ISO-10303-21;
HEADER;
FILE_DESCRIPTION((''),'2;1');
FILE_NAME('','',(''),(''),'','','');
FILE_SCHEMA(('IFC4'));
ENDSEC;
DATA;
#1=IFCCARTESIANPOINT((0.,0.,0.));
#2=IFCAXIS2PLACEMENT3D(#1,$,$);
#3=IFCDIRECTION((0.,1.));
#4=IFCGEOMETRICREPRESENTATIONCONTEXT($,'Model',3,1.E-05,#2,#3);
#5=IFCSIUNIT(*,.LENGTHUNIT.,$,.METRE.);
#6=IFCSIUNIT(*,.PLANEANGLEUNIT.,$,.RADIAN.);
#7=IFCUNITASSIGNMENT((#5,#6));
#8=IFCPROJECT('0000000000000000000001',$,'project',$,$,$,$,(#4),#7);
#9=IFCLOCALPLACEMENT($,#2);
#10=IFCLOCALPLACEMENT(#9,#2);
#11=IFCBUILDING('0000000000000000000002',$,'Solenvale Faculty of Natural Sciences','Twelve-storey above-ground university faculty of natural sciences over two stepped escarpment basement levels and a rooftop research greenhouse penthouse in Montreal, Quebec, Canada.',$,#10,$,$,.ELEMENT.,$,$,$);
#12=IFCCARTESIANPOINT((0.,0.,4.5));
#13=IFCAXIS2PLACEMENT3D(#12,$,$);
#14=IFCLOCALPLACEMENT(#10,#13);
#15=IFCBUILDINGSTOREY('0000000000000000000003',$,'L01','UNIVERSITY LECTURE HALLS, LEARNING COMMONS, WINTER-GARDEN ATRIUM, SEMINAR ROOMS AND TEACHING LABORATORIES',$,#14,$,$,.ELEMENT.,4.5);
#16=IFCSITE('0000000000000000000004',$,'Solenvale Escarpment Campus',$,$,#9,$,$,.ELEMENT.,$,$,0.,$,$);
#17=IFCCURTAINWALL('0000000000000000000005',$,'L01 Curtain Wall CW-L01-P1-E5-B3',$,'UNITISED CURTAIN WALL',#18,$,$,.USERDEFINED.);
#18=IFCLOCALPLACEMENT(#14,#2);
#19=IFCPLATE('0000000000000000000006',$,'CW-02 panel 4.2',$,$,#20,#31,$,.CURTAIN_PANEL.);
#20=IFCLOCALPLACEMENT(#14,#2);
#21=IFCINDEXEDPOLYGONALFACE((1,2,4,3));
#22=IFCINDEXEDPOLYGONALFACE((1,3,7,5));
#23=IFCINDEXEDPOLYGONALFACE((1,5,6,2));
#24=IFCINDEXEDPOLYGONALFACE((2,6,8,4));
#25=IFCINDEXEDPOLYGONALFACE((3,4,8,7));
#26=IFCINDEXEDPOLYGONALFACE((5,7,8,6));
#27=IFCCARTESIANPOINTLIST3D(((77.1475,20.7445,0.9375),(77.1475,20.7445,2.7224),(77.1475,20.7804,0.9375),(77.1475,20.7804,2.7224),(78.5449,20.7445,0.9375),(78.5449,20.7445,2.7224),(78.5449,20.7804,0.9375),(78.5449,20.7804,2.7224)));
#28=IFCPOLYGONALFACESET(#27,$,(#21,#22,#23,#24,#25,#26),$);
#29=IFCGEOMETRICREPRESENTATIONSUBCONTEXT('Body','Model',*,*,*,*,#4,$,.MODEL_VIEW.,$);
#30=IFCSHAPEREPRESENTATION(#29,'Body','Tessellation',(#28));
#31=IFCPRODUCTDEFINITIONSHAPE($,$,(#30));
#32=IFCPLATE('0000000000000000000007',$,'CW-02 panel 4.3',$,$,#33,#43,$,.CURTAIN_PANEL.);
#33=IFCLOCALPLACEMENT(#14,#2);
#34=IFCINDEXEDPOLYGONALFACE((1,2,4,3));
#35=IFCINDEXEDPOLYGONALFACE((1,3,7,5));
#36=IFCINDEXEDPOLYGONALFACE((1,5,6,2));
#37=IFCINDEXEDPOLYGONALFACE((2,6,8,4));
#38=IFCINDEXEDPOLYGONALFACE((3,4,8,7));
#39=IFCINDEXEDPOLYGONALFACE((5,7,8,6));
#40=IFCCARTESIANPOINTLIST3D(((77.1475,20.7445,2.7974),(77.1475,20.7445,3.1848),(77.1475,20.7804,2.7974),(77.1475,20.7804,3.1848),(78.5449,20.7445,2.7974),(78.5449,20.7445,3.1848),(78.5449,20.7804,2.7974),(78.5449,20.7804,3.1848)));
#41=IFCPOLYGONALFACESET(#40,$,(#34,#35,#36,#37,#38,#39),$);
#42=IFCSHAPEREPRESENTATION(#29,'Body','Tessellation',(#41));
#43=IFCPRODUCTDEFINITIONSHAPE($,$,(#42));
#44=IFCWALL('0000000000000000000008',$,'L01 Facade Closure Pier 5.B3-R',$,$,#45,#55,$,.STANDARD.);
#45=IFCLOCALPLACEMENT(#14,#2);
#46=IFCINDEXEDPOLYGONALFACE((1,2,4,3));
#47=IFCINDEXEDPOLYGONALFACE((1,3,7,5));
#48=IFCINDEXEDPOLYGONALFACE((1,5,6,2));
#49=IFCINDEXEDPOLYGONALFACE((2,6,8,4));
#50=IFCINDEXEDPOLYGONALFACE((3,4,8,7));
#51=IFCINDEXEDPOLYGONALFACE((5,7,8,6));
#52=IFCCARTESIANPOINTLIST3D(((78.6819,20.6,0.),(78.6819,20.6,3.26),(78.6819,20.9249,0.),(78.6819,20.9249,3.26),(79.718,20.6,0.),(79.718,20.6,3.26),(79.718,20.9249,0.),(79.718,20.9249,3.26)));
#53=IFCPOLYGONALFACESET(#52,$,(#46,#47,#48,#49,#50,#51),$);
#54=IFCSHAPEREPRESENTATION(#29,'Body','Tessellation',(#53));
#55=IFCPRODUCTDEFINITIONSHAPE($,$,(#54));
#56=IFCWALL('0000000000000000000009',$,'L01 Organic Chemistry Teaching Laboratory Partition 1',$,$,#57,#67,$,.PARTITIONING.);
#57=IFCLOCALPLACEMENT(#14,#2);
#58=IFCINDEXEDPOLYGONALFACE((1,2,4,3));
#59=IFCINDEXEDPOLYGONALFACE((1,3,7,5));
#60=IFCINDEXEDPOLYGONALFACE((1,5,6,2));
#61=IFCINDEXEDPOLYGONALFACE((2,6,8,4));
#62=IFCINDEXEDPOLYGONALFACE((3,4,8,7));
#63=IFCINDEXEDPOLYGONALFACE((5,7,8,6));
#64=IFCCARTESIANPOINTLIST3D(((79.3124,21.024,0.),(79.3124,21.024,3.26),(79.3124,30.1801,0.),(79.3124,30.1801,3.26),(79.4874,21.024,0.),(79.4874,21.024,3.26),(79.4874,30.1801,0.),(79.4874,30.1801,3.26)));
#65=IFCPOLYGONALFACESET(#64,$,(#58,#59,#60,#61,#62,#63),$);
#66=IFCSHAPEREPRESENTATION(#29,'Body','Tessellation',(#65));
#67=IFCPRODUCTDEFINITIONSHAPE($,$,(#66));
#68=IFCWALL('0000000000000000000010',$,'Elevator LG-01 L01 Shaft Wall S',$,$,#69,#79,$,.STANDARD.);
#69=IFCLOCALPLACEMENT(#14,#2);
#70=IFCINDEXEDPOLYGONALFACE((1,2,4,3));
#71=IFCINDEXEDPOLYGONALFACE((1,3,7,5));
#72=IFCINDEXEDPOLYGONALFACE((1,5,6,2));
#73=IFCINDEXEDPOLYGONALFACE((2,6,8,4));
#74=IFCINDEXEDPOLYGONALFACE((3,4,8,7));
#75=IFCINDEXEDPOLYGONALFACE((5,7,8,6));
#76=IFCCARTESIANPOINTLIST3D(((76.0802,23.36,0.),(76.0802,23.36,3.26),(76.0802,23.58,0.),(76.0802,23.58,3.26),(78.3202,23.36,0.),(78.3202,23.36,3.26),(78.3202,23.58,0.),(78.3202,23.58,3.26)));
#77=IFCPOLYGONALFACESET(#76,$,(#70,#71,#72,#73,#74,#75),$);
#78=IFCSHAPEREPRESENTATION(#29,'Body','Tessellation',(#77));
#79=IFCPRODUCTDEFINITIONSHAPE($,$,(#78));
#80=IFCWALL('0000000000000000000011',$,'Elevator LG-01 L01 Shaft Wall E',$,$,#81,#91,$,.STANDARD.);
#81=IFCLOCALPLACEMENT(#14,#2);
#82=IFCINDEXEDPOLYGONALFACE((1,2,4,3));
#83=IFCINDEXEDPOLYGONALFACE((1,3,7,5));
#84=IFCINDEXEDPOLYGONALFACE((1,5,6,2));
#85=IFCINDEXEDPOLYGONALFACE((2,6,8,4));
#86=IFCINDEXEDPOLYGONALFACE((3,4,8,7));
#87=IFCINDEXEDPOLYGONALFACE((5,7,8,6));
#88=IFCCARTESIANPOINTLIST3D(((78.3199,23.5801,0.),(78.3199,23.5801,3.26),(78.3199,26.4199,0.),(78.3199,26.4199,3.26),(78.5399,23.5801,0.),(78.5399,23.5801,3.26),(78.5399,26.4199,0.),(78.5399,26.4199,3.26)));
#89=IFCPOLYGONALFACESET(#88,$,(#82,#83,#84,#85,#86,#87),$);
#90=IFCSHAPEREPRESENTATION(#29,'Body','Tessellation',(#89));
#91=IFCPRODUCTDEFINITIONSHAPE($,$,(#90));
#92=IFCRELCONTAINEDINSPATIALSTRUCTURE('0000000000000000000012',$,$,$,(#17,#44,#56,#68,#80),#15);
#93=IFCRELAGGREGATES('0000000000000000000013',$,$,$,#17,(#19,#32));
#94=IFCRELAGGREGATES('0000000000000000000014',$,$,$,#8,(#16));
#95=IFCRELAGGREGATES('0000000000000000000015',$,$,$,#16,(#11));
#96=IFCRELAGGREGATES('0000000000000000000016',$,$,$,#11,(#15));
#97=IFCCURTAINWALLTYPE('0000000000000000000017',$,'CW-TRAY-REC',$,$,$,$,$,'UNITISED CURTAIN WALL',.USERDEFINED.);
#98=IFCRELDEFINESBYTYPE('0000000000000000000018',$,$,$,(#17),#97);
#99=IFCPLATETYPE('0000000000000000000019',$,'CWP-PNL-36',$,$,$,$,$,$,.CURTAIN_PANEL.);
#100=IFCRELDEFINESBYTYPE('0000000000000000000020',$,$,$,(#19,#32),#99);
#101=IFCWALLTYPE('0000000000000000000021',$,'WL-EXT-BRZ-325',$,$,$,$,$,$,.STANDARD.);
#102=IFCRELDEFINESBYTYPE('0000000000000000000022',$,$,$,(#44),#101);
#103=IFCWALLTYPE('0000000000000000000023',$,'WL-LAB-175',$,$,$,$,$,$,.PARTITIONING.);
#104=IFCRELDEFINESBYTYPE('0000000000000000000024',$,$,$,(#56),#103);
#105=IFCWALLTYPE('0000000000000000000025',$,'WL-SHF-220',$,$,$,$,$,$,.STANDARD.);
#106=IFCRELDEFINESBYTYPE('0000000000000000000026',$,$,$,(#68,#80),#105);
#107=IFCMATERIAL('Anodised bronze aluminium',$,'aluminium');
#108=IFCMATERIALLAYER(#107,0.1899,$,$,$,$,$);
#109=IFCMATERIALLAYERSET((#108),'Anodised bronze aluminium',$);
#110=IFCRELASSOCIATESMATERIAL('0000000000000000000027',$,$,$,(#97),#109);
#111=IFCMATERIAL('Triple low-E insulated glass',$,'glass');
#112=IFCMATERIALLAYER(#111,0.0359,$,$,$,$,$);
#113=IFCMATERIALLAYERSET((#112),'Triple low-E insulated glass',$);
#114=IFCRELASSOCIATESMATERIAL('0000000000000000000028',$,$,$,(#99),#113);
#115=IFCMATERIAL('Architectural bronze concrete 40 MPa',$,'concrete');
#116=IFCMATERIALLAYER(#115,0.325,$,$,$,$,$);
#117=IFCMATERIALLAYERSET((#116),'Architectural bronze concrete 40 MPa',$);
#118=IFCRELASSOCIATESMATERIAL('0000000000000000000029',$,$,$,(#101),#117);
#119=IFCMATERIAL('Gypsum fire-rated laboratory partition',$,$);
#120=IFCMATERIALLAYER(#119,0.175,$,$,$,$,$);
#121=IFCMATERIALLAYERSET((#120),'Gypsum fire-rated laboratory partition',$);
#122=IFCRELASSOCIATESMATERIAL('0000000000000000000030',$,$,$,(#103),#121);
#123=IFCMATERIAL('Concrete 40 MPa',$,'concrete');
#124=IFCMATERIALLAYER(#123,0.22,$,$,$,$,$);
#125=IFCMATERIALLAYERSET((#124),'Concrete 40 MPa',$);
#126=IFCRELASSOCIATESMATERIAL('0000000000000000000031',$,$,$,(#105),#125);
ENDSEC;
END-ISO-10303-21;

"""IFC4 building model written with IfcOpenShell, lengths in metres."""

from ifc_helpers import new_model, si_unit, direction, frame, frame_2d, origin, origin_2d, place, context, subcontext, project, spatial, rectangle, extrude, material, layer, layer_set, type_object, element, aggregate, save


model = new_model("IFC4")

# Units and contexts
model_context = context("Model", 3, precision=1e-05, world=origin(), true_north=direction((0.0, 1.0)))
body_context = subcontext(model_context, "Body", "Model", "MODEL_VIEW")
ifc_project = project(units=[si_unit("LENGTHUNIT", "METRE"), si_unit("PLANEANGLEUNIT", "RADIAN")], contexts=[model_context])

# Site, building, storey
site_placement = place(None, origin())
site = spatial("IfcSite", under=ifc_project, at=site_placement, Name="Solenvale Escarpment Campus", CompositionType="ELEMENT", RefElevation=0.0)
building_placement = place(site_placement, origin())
building = spatial("IfcBuilding", under=site, at=building_placement, Name="Solenvale Faculty of Natural Sciences", Description="Twelve-storey above-ground university faculty of natural sciences over two stepped escarpment basement levels and a rooftop research greenhouse penthouse in Montreal, Quebec, Canada.", CompositionType="ELEMENT")
storey_placement = place(building_placement, frame((0.0, 0.0, 4.5)))
storey = spatial("IfcBuildingStorey", under=building, at=storey_placement, Name="L01", Description="UNIVERSITY LECTURE HALLS, LEARNING COMMONS, WINTER-GARDEN ATRIUM, SEMINAR ROOMS AND TEACHING LABORATORIES", CompositionType="ELEMENT", Elevation=4.5)

# Shared definitions
ifc_material_1 = material(Name="Concrete 40 MPa", Category="concrete")
ifc_material_2 = material(Name="Architectural bronze concrete 40 MPa", Category="concrete")

# Curtain wall
ifc_material_3 = material(Name="Anodised bronze aluminium", Category="aluminium")
ifc_layer_1 = layer(ifc_material_3, 0.1899)
ifc_layer_set_1 = layer_set([ifc_layer_1], Name="Anodised bronze aluminium")
curtain_wall_type = type_object("IfcCurtainWallType", Name="CW-TRAY-REC", ElementType="UNITISED CURTAIN WALL", PredefinedType="USERDEFINED", material=ifc_layer_set_1)
curtain_wall_1_placement = place(storey_placement, origin())
curtain_wall_1 = element("IfcCurtainWall", 1, at=curtain_wall_1_placement, inside=storey, type_object=curtain_wall_type, Name="L01 Curtain Wall CW-L01-P1-E5-B3", ObjectType="UNITISED CURTAIN WALL", PredefinedType="USERDEFINED")

# Plates
ifc_material_4 = material(Name="Triple low-E insulated glass", Category="glass")
ifc_layer_2 = layer(ifc_material_4, 0.0359)
ifc_layer_set_2 = layer_set([ifc_layer_2], Name="Triple low-E insulated glass")
plate_type = type_object("IfcPlateType", Name="CWP-PNL-36", PredefinedType="CURTAIN_PANEL", material=ifc_layer_set_2)
plate_1_placement = place(storey_placement, frame((77.8462, 20.7625, 0.9375), z_axis=(0.0, 0.0, 1.0), x_axis=(1.0, 0.0, 0.0)))
plate_1 = element("IfcPlate", 2, at=plate_1_placement, type_object=plate_type, Name="CW-02 panel 4.2", PredefinedType="CURTAIN_PANEL", context=body_context, shape_type="SweptSolid", body=[
    extrude(rectangle(XDim=1.3975, YDim=0.0359, at=origin_2d()), origin(), (0.0, 0.0, 1.0), 1.7849),
])
plate_2_placement = place(storey_placement, frame((77.8462, 20.7625, 2.7974), z_axis=(0.0, 0.0, 1.0), x_axis=(1.0, 0.0, 0.0)))
plate_2 = element("IfcPlate", 3, at=plate_2_placement, type_object=plate_type, Name="CW-02 panel 4.3", PredefinedType="CURTAIN_PANEL", context=body_context, shape_type="SweptSolid", body=[
    extrude(rectangle(XDim=1.3975, YDim=0.0359, at=origin_2d()), origin(), (0.0, 0.0, 1.0), 0.3875),
])
aggregate(curtain_wall_1, [plate_1, plate_2])

# Walls
ifc_layer_3 = layer(ifc_material_2, 0.325)
ifc_layer_set_3 = layer_set([ifc_layer_3], Name="Architectural bronze concrete 40 MPa")
wall_type_1 = type_object("IfcWallType", Name="WL-EXT-BRZ-325", PredefinedType="STANDARD", material=ifc_layer_set_3)
wall_1_placement = place(storey_placement, frame((78.6819, 20.7625, 0.0), z_axis=(0.0, 0.0, 1.0), x_axis=(1.0, 0.0, 0.0)))
element("IfcWall", 4, at=wall_1_placement, inside=storey, type_object=wall_type_1, Name="L01 Facade Closure Pier 5.B3-R", PredefinedType="STANDARD", context=body_context, shape_type="SweptSolid", body=[
    extrude(rectangle(XDim=1.0361, YDim=0.325, at=frame_2d((0.5181, 0.0))), origin(), (0.0, 0.0, 1.0), 3.26),
])
ifc_material_5 = material(Name="Gypsum fire-rated laboratory partition")
ifc_layer_4 = layer(ifc_material_5, 0.175)
ifc_layer_set_4 = layer_set([ifc_layer_4], Name="Gypsum fire-rated laboratory partition")
wall_type_2 = type_object("IfcWallType", Name="WL-LAB-175", PredefinedType="PARTITIONING", material=ifc_layer_set_4)
wall_2_placement = place(storey_placement, frame((79.3999, 21.0239, 0.0), z_axis=(0.0, 0.0, 1.0), x_axis=(0.0, 1.0, 0.0)))
element("IfcWall", 5, at=wall_2_placement, inside=storey, type_object=wall_type_2, Name="L01 Organic Chemistry Teaching Laboratory Partition 1", PredefinedType="PARTITIONING", context=body_context, shape_type="SweptSolid", body=[
    extrude(rectangle(XDim=9.156, YDim=0.175, at=frame_2d((4.5781, 0.0))), origin(), (0.0, 0.0, 1.0), 3.26),
])
ifc_layer_5 = layer(ifc_material_1, 0.22)
ifc_layer_set_5 = layer_set([ifc_layer_5], Name="Concrete 40 MPa")
wall_type_3 = type_object("IfcWallType", Name="WL-SHF-220", PredefinedType="STANDARD", material=ifc_layer_set_5)
wall_3_placement = place(storey_placement, frame((76.0801, 23.47, 0.0), z_axis=(0.0, 0.0, 1.0), x_axis=(1.0, 0.0, 0.0)))
element("IfcWall", 6, at=wall_3_placement, inside=storey, type_object=wall_type_3, Name="Elevator LG-01 L01 Shaft Wall S", PredefinedType="STANDARD", context=body_context, shape_type="SweptSolid", body=[
    extrude(rectangle(XDim=2.24, YDim=0.22, at=frame_2d((1.1201, 0.0))), origin(), (0.0, 0.0, 1.0), 3.26),
])
wall_4_placement = place(storey_placement, frame((78.4299, 23.5801, 0.0), z_axis=(0.0, 0.0, 1.0), x_axis=(0.0, 1.0, 0.0)))
element("IfcWall", 7, at=wall_4_placement, inside=storey, type_object=wall_type_3, Name="Elevator LG-01 L01 Shaft Wall E", PredefinedType="STANDARD", context=body_context, shape_type="SweptSolid", body=[
    extrude(rectangle(XDim=2.8398, YDim=0.22, at=frame_2d((1.4199, 0.0))), origin(), (0.0, 0.0, 1.0), 3.26),
])

save(model, "model.ifc")
